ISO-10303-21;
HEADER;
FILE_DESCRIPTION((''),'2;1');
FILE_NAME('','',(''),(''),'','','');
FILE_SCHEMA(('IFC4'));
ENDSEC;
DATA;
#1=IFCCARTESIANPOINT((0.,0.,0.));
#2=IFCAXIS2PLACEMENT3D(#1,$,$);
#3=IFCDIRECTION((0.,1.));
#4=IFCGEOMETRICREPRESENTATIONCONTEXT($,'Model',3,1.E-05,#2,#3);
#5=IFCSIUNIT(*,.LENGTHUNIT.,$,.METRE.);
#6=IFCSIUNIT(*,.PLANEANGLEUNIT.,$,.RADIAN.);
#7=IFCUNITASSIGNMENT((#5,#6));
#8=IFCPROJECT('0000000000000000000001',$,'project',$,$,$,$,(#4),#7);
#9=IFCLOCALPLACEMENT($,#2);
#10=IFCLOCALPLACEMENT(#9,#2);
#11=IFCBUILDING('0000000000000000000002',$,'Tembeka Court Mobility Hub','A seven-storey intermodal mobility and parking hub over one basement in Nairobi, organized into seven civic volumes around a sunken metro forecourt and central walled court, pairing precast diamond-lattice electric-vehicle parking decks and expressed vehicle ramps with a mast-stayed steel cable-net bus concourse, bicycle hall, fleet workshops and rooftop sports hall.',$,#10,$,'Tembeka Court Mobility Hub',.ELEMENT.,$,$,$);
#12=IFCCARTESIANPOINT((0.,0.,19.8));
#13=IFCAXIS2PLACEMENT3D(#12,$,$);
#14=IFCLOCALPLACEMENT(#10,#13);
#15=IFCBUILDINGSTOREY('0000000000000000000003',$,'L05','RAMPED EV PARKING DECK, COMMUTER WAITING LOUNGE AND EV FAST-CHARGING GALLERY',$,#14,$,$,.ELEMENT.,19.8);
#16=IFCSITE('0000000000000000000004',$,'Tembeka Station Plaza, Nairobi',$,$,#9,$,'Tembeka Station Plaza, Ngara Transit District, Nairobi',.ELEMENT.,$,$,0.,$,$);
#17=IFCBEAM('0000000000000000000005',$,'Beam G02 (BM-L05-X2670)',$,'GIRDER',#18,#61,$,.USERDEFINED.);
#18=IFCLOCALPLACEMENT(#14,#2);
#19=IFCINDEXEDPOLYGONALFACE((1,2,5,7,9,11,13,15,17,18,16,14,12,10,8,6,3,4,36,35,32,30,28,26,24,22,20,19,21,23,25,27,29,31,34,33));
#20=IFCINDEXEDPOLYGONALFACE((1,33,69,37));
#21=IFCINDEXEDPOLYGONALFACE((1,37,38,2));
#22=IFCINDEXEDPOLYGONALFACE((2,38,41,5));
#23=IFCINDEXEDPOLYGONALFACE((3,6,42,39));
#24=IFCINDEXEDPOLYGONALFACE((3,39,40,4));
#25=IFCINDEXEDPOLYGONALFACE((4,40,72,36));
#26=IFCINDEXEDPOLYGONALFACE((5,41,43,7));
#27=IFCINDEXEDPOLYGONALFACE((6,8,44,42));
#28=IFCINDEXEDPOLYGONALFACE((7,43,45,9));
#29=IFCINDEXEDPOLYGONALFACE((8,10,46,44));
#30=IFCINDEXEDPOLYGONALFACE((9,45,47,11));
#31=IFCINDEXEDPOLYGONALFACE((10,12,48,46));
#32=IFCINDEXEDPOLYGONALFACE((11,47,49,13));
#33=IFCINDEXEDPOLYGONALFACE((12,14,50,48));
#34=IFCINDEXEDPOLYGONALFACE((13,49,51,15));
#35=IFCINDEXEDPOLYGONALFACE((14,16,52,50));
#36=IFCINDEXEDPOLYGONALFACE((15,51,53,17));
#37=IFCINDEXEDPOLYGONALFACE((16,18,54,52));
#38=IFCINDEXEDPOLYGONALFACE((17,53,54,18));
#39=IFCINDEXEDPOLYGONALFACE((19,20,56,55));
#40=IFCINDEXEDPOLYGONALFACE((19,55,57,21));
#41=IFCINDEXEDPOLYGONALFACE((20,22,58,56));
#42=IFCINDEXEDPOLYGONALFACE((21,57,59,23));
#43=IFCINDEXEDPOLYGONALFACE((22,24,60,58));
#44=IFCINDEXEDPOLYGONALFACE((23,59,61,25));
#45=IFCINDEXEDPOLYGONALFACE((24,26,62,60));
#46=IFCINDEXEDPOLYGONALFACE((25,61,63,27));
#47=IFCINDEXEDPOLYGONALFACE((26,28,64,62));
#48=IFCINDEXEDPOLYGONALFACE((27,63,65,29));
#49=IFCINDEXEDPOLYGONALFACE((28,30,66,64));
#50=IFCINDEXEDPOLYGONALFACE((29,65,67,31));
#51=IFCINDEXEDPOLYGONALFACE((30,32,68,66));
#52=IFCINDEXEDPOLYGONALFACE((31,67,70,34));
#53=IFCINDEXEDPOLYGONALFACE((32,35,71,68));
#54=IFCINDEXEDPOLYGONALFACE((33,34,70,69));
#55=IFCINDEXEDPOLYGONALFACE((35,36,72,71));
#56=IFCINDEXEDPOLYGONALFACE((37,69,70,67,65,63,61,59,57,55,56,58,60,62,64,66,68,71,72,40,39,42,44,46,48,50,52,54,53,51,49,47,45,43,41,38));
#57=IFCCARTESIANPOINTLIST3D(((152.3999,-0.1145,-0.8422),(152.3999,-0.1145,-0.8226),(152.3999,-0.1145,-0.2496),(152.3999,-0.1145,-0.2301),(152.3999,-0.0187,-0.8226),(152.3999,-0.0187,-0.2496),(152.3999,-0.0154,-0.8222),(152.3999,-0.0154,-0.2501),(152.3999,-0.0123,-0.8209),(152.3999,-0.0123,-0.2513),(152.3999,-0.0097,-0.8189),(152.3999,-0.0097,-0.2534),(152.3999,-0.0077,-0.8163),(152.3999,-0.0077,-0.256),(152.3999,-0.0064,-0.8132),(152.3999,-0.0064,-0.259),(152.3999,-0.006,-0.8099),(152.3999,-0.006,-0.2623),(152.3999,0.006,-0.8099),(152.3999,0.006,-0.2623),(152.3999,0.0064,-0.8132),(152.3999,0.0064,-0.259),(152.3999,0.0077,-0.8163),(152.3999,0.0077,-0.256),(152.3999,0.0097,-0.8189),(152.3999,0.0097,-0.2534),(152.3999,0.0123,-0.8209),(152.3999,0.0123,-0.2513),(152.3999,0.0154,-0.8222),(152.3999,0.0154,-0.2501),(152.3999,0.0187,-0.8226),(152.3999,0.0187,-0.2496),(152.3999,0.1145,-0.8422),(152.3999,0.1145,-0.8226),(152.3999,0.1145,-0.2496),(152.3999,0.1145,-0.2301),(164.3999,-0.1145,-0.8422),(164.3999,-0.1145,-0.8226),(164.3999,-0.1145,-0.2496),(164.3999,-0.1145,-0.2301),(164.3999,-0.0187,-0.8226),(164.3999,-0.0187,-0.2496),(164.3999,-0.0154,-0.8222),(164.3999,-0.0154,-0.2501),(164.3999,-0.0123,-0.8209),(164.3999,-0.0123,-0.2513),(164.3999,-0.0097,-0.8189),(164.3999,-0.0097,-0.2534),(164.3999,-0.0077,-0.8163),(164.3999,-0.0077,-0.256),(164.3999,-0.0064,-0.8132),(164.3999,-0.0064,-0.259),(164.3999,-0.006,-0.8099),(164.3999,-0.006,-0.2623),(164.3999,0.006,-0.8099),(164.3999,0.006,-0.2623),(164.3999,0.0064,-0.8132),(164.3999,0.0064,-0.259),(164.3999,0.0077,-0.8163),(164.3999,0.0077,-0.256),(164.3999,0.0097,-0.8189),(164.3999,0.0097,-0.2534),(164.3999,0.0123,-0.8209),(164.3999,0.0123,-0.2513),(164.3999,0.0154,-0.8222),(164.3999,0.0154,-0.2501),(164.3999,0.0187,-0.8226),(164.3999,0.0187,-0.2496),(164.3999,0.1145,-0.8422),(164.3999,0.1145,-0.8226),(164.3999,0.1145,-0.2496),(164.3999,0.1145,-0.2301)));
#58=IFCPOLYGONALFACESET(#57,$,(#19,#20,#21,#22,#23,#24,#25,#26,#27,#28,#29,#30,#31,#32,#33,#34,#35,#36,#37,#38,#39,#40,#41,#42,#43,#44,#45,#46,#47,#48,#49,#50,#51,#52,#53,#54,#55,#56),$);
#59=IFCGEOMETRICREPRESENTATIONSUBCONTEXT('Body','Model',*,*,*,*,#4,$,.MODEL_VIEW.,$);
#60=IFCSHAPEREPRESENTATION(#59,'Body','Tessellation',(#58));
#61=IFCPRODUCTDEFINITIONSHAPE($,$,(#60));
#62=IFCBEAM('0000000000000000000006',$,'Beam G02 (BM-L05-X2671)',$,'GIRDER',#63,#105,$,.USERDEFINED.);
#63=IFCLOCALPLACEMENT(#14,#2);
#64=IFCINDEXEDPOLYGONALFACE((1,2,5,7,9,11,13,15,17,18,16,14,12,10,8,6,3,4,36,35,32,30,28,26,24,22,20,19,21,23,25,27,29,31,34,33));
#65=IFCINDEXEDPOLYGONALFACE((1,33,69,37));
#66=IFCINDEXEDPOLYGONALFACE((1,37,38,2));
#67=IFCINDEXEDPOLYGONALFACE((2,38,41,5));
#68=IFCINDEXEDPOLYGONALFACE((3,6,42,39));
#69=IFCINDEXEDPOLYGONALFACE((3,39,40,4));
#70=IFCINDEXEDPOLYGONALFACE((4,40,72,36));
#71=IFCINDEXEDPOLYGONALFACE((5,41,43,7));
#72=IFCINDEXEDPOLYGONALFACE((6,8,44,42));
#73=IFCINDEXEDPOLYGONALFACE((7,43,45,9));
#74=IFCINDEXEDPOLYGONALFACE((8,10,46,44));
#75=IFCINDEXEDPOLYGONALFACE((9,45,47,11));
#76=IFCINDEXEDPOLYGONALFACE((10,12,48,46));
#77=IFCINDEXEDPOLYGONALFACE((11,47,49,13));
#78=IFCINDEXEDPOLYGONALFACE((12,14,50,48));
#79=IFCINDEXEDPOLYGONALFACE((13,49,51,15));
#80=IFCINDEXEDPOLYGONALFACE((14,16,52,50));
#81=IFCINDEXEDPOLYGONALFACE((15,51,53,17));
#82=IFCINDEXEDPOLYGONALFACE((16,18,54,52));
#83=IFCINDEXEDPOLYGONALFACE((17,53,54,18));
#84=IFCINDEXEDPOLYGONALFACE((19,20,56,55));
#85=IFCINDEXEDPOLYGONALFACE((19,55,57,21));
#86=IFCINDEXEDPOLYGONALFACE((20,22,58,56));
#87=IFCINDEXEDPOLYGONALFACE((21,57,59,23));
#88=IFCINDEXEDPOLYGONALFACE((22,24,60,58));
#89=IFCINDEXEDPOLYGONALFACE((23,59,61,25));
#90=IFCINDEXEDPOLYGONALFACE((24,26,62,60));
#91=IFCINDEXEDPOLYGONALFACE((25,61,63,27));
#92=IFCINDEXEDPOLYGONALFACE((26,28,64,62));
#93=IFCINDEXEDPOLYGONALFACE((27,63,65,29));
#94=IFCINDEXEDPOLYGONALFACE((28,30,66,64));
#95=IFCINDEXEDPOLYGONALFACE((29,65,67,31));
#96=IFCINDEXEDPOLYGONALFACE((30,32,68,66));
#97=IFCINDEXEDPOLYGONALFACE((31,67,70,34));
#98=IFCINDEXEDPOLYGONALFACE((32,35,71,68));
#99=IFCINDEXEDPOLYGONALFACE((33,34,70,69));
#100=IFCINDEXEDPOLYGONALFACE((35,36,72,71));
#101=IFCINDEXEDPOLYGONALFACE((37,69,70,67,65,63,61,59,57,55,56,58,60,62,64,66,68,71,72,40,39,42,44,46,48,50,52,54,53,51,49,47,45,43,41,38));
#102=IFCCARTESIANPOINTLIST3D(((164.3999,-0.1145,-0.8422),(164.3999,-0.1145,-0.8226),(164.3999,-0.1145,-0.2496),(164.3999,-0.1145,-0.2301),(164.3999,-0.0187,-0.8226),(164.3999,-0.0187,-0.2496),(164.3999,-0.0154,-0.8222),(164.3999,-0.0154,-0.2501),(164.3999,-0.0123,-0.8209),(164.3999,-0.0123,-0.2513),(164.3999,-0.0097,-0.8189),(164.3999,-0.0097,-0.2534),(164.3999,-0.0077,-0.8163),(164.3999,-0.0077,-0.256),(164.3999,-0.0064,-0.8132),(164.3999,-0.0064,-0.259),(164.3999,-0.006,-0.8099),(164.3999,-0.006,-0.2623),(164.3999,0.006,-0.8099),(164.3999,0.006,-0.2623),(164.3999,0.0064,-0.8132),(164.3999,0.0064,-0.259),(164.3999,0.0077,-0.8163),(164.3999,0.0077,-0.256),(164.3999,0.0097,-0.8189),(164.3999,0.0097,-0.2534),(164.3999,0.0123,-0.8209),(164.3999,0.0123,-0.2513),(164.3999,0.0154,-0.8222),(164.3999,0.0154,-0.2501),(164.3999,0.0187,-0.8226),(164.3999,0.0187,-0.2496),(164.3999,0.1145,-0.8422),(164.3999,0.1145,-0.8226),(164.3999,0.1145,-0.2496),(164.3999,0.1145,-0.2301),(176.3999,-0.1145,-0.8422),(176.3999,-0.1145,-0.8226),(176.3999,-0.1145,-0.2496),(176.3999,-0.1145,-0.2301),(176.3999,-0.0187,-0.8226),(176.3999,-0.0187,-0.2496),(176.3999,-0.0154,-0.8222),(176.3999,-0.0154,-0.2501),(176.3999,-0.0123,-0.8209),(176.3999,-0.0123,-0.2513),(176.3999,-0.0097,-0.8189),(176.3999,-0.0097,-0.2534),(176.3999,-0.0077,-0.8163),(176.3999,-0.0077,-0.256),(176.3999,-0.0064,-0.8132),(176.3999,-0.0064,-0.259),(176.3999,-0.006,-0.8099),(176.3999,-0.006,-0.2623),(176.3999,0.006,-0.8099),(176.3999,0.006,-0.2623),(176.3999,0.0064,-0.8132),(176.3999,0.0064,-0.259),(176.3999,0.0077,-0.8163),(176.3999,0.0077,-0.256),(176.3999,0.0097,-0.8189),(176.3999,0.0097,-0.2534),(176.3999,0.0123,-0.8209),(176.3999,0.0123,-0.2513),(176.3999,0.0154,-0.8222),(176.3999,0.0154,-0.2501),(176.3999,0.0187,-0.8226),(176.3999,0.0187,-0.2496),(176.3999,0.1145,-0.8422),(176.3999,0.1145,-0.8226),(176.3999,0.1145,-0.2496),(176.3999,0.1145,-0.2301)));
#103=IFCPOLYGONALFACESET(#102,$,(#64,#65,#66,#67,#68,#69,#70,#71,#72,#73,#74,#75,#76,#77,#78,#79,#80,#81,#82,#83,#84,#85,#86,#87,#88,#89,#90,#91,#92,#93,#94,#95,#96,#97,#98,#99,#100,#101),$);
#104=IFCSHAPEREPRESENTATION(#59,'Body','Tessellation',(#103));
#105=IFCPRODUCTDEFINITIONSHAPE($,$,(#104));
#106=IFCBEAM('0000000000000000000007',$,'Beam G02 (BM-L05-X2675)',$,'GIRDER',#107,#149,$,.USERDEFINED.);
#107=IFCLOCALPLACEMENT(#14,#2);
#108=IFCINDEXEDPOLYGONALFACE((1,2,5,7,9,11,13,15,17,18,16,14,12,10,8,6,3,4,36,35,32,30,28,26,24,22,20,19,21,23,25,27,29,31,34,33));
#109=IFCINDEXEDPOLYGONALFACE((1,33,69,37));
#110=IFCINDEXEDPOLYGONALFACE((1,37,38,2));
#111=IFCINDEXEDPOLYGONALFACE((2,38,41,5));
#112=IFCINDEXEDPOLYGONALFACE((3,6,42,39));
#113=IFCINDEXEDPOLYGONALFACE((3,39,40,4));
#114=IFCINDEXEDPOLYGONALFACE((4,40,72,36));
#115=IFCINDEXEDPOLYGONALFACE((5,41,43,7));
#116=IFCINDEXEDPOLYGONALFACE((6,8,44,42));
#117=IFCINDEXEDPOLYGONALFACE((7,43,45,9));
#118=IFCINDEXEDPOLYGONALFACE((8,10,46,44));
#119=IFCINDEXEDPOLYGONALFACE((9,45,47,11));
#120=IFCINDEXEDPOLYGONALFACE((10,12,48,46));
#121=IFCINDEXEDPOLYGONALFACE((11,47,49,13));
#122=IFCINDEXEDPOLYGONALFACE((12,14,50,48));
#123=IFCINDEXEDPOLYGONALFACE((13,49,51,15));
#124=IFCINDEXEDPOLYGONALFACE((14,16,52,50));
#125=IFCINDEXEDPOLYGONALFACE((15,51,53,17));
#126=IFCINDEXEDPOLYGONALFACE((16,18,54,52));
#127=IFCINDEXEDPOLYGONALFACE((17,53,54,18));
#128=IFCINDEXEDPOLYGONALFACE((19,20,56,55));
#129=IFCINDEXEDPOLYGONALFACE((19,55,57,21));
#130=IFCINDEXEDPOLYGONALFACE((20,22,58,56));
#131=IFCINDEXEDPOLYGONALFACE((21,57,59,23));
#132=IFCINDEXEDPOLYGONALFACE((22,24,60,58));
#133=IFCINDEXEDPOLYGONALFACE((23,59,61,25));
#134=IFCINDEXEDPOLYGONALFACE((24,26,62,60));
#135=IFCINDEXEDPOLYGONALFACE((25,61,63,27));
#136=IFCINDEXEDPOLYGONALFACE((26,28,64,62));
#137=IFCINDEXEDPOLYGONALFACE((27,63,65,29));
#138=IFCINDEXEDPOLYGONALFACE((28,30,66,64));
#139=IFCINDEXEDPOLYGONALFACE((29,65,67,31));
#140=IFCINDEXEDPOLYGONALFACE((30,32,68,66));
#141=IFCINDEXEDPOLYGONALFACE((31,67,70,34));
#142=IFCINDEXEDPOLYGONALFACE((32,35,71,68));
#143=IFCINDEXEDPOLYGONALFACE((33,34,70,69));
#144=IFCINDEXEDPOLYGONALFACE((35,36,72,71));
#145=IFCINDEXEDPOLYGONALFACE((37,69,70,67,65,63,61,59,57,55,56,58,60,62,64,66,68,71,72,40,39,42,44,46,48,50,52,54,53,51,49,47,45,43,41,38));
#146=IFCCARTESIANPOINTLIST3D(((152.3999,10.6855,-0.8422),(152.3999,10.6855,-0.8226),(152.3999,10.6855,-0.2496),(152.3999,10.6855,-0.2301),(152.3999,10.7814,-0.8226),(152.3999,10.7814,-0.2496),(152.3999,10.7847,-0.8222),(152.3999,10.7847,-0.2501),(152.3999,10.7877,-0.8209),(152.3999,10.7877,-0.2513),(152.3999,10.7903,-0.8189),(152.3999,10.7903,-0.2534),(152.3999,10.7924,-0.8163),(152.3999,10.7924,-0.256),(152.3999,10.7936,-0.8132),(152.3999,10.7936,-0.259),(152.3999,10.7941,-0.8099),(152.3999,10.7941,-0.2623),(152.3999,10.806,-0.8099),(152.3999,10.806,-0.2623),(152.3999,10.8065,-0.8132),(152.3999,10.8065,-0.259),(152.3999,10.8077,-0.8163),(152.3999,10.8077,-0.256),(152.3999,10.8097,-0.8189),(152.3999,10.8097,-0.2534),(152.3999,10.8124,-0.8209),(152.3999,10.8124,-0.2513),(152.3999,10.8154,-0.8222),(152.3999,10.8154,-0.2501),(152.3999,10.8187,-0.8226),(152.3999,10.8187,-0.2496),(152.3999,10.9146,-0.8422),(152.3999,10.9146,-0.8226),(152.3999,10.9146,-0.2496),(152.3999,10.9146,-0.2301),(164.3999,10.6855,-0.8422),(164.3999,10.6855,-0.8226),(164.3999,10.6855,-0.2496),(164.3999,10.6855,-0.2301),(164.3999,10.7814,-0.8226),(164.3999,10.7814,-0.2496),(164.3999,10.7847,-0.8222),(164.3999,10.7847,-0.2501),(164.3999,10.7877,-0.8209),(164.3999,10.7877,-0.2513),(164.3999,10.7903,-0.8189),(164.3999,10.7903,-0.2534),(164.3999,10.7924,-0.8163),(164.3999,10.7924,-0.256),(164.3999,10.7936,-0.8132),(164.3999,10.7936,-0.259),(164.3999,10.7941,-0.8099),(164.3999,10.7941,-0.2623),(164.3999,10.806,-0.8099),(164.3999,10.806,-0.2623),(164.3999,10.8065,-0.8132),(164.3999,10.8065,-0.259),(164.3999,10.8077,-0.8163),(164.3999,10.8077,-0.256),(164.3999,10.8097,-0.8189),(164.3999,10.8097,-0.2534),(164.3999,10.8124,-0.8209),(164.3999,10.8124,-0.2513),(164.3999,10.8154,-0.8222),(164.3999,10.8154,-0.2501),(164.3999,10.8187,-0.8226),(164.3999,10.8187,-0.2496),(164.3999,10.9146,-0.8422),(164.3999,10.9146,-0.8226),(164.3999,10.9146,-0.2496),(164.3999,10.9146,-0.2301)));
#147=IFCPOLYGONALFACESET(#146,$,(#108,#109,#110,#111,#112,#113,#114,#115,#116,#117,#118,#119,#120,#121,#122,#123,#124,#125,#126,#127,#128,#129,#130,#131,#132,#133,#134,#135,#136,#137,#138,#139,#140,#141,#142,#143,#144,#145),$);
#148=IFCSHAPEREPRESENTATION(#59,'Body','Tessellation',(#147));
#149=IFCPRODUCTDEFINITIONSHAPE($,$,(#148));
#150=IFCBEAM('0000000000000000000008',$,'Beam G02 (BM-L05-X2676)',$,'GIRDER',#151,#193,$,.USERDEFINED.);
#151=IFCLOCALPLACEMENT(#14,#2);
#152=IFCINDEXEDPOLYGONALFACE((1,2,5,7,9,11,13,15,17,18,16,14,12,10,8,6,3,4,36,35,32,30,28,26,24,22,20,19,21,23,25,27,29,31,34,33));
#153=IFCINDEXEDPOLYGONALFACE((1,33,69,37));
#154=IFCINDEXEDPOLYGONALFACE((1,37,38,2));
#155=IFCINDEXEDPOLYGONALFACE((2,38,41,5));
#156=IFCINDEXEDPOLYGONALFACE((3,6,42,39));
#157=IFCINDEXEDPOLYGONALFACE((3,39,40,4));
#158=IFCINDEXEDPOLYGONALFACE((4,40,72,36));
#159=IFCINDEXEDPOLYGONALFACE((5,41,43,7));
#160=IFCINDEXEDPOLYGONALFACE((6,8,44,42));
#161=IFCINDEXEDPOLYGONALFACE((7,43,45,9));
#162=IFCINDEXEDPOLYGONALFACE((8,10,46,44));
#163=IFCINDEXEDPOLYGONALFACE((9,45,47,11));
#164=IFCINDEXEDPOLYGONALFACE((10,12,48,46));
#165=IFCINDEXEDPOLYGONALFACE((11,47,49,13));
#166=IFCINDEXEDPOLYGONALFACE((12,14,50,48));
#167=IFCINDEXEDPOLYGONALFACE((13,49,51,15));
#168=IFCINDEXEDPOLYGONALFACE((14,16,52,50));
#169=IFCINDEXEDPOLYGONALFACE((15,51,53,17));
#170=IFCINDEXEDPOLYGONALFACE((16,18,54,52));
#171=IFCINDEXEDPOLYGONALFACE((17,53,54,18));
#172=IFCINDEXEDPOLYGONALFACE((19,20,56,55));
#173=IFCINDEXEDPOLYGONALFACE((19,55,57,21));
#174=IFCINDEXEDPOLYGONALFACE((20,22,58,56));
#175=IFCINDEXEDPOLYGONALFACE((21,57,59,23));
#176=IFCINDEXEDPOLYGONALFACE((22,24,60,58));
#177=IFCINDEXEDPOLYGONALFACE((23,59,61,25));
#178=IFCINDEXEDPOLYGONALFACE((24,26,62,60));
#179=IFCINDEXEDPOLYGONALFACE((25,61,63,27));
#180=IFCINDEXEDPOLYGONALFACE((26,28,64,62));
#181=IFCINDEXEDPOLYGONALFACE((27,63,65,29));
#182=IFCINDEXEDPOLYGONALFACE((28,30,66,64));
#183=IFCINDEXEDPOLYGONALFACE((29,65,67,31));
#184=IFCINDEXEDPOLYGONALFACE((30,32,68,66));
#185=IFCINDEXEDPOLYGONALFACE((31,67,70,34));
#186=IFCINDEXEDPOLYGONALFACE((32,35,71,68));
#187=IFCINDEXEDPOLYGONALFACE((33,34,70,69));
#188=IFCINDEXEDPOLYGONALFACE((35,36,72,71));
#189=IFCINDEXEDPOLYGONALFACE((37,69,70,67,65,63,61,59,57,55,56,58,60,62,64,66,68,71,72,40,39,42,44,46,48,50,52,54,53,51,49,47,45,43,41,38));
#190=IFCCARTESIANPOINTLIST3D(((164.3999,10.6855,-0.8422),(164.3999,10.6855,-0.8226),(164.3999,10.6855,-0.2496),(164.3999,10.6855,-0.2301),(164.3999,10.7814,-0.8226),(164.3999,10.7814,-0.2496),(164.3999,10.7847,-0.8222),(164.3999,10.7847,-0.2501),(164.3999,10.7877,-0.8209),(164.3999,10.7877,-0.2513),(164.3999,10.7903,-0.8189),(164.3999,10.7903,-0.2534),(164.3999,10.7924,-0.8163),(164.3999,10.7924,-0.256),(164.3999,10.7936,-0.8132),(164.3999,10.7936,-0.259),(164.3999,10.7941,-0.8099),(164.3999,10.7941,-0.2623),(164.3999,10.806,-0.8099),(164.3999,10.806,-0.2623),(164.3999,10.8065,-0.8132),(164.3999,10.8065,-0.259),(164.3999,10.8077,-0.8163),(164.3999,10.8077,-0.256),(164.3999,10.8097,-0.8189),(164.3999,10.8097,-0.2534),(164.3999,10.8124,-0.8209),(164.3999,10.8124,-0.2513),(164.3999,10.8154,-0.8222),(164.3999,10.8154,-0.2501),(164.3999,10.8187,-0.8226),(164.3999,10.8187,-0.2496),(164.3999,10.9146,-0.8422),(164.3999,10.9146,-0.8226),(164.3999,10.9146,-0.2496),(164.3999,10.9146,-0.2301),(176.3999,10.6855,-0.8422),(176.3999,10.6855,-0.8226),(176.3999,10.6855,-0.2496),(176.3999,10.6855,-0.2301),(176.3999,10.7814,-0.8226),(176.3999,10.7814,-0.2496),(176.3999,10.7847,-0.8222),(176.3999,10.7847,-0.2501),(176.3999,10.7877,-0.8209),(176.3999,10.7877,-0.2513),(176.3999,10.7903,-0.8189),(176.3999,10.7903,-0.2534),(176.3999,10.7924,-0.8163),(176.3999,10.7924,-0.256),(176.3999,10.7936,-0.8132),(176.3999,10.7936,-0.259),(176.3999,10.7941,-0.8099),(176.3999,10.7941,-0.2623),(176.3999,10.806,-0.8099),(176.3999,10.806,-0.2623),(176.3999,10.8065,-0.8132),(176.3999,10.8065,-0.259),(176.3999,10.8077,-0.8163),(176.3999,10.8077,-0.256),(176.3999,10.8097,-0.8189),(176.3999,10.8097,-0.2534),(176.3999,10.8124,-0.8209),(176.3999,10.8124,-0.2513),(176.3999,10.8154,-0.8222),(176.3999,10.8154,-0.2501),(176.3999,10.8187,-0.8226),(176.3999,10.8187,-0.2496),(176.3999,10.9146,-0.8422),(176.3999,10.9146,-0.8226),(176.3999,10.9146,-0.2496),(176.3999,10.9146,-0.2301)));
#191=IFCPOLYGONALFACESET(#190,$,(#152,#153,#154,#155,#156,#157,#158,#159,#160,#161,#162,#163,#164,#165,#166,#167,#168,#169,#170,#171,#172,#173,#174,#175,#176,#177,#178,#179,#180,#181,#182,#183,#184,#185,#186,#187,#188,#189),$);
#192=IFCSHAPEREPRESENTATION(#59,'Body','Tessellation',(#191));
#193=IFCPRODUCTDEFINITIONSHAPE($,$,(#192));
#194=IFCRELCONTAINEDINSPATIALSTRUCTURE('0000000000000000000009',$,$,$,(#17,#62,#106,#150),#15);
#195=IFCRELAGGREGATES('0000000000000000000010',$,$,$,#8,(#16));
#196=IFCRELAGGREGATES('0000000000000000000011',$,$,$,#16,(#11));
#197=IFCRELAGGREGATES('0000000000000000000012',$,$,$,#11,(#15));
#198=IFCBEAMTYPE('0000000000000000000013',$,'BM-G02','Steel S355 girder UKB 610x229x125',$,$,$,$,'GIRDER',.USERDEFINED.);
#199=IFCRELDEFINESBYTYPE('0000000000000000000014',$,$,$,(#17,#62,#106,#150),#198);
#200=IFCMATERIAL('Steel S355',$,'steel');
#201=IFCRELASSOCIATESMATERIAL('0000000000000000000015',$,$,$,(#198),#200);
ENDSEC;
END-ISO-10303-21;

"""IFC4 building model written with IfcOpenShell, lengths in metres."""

from ifc_helpers import new_model, si_unit, direction, frame, origin, origin_2d, place, context, subcontext, project, spatial, i_section, extrude, material, material_profile, profile_set, type_object, element, save


model = new_model("IFC4")

# Units and contexts
model_context = context("Model", 3, precision=1e-05, world=origin(), true_north=direction((0.0, 1.0)))
body_context = subcontext(model_context, "Body", "Model", "MODEL_VIEW")
ifc_project = project(units=[si_unit("LENGTHUNIT", "METRE"), si_unit("PLANEANGLEUNIT", "RADIAN")], contexts=[model_context])

# Site, building, storey
site_placement = place(None, origin())
site = spatial("IfcSite", under=ifc_project, at=site_placement, Name="Tembeka Station Plaza, Nairobi", LongName="Tembeka Station Plaza, Ngara Transit District, Nairobi", CompositionType="ELEMENT", RefElevation=0.0)
building_placement = place(site_placement, origin())
building = spatial("IfcBuilding", under=site, at=building_placement, Name="Tembeka Court Mobility Hub", Description="A seven-storey intermodal mobility and parking hub over one basement in Nairobi, organized into seven civic volumes around a sunken metro forecourt and central walled court, pairing precast diamond-lattice electric-vehicle parking decks and expressed vehicle ramps with a mast-stayed steel cable-net bus concourse, bicycle hall, fleet workshops and rooftop sports hall.", LongName="Tembeka Court Mobility Hub", CompositionType="ELEMENT")
storey_placement = place(building_placement, frame((0.0, 0.0, 19.8)))
storey = spatial("IfcBuildingStorey", under=building, at=storey_placement, Name="L05", Description="RAMPED EV PARKING DECK, COMMUTER WAITING LOUNGE AND EV FAST-CHARGING GALLERY", CompositionType="ELEMENT", Elevation=19.8)

# Beams
ifc_material_1 = material(Name="Steel S355", Category="steel")
ifc_material_profile_1 = material_profile(ifc_material_1, i_section(OverallWidth=0.229, OverallDepth=0.6121, WebThickness=0.012, FlangeThickness=0.0195, FilletRadius=0.0127, at=origin_2d()), Name="UKB 610x229x125")
ifc_profile_set_1 = profile_set([ifc_material_profile_1], Name="Steel S355")
beam_type_1 = type_object("IfcBeamType", Name="BM-G02", Description="Steel S355 girder UKB 610x229x125", ElementType="GIRDER", PredefinedType="USERDEFINED", material=ifc_profile_set_1)
for number, where, z_axis, x_axis, name in (
    (1, (152.3999, 0.0, -0.5361), (1.0, 0.0, 0.0), (0.0, 1.0, 0.0), "Beam G02 (BM-L05-X2670)"),
    (2, (164.3999, 0.0, -0.5361), (1.0, 0.0, 0.0), (0.0, 1.0, 0.0), "Beam G02 (BM-L05-X2671)"),
    (3, (152.3999, 10.8, -0.5361), (1.0, 0.0, 0.0), (0.0, 1.0, 0.0), "Beam G02 (BM-L05-X2675)"),
    (4, (164.3999, 10.8, -0.5361), (1.0, 0.0, 0.0), (0.0, 1.0, 0.0), "Beam G02 (BM-L05-X2676)"),
):
    element("IfcBeam", number, at=place(storey_placement, frame(where, z_axis=z_axis, x_axis=x_axis)), inside=storey, type_object=beam_type_1, Name=name, ObjectType="GIRDER", PredefinedType="USERDEFINED", context=body_context, shape_type="SweptSolid", body=[
        extrude(i_section(OverallWidth=0.229, OverallDepth=0.6121, WebThickness=0.012, FlangeThickness=0.0195, FilletRadius=0.0127, at=origin_2d()), origin(), (0.0, 0.0, 1.0), 12.0),
    ])

save(model, "model.ifc")
